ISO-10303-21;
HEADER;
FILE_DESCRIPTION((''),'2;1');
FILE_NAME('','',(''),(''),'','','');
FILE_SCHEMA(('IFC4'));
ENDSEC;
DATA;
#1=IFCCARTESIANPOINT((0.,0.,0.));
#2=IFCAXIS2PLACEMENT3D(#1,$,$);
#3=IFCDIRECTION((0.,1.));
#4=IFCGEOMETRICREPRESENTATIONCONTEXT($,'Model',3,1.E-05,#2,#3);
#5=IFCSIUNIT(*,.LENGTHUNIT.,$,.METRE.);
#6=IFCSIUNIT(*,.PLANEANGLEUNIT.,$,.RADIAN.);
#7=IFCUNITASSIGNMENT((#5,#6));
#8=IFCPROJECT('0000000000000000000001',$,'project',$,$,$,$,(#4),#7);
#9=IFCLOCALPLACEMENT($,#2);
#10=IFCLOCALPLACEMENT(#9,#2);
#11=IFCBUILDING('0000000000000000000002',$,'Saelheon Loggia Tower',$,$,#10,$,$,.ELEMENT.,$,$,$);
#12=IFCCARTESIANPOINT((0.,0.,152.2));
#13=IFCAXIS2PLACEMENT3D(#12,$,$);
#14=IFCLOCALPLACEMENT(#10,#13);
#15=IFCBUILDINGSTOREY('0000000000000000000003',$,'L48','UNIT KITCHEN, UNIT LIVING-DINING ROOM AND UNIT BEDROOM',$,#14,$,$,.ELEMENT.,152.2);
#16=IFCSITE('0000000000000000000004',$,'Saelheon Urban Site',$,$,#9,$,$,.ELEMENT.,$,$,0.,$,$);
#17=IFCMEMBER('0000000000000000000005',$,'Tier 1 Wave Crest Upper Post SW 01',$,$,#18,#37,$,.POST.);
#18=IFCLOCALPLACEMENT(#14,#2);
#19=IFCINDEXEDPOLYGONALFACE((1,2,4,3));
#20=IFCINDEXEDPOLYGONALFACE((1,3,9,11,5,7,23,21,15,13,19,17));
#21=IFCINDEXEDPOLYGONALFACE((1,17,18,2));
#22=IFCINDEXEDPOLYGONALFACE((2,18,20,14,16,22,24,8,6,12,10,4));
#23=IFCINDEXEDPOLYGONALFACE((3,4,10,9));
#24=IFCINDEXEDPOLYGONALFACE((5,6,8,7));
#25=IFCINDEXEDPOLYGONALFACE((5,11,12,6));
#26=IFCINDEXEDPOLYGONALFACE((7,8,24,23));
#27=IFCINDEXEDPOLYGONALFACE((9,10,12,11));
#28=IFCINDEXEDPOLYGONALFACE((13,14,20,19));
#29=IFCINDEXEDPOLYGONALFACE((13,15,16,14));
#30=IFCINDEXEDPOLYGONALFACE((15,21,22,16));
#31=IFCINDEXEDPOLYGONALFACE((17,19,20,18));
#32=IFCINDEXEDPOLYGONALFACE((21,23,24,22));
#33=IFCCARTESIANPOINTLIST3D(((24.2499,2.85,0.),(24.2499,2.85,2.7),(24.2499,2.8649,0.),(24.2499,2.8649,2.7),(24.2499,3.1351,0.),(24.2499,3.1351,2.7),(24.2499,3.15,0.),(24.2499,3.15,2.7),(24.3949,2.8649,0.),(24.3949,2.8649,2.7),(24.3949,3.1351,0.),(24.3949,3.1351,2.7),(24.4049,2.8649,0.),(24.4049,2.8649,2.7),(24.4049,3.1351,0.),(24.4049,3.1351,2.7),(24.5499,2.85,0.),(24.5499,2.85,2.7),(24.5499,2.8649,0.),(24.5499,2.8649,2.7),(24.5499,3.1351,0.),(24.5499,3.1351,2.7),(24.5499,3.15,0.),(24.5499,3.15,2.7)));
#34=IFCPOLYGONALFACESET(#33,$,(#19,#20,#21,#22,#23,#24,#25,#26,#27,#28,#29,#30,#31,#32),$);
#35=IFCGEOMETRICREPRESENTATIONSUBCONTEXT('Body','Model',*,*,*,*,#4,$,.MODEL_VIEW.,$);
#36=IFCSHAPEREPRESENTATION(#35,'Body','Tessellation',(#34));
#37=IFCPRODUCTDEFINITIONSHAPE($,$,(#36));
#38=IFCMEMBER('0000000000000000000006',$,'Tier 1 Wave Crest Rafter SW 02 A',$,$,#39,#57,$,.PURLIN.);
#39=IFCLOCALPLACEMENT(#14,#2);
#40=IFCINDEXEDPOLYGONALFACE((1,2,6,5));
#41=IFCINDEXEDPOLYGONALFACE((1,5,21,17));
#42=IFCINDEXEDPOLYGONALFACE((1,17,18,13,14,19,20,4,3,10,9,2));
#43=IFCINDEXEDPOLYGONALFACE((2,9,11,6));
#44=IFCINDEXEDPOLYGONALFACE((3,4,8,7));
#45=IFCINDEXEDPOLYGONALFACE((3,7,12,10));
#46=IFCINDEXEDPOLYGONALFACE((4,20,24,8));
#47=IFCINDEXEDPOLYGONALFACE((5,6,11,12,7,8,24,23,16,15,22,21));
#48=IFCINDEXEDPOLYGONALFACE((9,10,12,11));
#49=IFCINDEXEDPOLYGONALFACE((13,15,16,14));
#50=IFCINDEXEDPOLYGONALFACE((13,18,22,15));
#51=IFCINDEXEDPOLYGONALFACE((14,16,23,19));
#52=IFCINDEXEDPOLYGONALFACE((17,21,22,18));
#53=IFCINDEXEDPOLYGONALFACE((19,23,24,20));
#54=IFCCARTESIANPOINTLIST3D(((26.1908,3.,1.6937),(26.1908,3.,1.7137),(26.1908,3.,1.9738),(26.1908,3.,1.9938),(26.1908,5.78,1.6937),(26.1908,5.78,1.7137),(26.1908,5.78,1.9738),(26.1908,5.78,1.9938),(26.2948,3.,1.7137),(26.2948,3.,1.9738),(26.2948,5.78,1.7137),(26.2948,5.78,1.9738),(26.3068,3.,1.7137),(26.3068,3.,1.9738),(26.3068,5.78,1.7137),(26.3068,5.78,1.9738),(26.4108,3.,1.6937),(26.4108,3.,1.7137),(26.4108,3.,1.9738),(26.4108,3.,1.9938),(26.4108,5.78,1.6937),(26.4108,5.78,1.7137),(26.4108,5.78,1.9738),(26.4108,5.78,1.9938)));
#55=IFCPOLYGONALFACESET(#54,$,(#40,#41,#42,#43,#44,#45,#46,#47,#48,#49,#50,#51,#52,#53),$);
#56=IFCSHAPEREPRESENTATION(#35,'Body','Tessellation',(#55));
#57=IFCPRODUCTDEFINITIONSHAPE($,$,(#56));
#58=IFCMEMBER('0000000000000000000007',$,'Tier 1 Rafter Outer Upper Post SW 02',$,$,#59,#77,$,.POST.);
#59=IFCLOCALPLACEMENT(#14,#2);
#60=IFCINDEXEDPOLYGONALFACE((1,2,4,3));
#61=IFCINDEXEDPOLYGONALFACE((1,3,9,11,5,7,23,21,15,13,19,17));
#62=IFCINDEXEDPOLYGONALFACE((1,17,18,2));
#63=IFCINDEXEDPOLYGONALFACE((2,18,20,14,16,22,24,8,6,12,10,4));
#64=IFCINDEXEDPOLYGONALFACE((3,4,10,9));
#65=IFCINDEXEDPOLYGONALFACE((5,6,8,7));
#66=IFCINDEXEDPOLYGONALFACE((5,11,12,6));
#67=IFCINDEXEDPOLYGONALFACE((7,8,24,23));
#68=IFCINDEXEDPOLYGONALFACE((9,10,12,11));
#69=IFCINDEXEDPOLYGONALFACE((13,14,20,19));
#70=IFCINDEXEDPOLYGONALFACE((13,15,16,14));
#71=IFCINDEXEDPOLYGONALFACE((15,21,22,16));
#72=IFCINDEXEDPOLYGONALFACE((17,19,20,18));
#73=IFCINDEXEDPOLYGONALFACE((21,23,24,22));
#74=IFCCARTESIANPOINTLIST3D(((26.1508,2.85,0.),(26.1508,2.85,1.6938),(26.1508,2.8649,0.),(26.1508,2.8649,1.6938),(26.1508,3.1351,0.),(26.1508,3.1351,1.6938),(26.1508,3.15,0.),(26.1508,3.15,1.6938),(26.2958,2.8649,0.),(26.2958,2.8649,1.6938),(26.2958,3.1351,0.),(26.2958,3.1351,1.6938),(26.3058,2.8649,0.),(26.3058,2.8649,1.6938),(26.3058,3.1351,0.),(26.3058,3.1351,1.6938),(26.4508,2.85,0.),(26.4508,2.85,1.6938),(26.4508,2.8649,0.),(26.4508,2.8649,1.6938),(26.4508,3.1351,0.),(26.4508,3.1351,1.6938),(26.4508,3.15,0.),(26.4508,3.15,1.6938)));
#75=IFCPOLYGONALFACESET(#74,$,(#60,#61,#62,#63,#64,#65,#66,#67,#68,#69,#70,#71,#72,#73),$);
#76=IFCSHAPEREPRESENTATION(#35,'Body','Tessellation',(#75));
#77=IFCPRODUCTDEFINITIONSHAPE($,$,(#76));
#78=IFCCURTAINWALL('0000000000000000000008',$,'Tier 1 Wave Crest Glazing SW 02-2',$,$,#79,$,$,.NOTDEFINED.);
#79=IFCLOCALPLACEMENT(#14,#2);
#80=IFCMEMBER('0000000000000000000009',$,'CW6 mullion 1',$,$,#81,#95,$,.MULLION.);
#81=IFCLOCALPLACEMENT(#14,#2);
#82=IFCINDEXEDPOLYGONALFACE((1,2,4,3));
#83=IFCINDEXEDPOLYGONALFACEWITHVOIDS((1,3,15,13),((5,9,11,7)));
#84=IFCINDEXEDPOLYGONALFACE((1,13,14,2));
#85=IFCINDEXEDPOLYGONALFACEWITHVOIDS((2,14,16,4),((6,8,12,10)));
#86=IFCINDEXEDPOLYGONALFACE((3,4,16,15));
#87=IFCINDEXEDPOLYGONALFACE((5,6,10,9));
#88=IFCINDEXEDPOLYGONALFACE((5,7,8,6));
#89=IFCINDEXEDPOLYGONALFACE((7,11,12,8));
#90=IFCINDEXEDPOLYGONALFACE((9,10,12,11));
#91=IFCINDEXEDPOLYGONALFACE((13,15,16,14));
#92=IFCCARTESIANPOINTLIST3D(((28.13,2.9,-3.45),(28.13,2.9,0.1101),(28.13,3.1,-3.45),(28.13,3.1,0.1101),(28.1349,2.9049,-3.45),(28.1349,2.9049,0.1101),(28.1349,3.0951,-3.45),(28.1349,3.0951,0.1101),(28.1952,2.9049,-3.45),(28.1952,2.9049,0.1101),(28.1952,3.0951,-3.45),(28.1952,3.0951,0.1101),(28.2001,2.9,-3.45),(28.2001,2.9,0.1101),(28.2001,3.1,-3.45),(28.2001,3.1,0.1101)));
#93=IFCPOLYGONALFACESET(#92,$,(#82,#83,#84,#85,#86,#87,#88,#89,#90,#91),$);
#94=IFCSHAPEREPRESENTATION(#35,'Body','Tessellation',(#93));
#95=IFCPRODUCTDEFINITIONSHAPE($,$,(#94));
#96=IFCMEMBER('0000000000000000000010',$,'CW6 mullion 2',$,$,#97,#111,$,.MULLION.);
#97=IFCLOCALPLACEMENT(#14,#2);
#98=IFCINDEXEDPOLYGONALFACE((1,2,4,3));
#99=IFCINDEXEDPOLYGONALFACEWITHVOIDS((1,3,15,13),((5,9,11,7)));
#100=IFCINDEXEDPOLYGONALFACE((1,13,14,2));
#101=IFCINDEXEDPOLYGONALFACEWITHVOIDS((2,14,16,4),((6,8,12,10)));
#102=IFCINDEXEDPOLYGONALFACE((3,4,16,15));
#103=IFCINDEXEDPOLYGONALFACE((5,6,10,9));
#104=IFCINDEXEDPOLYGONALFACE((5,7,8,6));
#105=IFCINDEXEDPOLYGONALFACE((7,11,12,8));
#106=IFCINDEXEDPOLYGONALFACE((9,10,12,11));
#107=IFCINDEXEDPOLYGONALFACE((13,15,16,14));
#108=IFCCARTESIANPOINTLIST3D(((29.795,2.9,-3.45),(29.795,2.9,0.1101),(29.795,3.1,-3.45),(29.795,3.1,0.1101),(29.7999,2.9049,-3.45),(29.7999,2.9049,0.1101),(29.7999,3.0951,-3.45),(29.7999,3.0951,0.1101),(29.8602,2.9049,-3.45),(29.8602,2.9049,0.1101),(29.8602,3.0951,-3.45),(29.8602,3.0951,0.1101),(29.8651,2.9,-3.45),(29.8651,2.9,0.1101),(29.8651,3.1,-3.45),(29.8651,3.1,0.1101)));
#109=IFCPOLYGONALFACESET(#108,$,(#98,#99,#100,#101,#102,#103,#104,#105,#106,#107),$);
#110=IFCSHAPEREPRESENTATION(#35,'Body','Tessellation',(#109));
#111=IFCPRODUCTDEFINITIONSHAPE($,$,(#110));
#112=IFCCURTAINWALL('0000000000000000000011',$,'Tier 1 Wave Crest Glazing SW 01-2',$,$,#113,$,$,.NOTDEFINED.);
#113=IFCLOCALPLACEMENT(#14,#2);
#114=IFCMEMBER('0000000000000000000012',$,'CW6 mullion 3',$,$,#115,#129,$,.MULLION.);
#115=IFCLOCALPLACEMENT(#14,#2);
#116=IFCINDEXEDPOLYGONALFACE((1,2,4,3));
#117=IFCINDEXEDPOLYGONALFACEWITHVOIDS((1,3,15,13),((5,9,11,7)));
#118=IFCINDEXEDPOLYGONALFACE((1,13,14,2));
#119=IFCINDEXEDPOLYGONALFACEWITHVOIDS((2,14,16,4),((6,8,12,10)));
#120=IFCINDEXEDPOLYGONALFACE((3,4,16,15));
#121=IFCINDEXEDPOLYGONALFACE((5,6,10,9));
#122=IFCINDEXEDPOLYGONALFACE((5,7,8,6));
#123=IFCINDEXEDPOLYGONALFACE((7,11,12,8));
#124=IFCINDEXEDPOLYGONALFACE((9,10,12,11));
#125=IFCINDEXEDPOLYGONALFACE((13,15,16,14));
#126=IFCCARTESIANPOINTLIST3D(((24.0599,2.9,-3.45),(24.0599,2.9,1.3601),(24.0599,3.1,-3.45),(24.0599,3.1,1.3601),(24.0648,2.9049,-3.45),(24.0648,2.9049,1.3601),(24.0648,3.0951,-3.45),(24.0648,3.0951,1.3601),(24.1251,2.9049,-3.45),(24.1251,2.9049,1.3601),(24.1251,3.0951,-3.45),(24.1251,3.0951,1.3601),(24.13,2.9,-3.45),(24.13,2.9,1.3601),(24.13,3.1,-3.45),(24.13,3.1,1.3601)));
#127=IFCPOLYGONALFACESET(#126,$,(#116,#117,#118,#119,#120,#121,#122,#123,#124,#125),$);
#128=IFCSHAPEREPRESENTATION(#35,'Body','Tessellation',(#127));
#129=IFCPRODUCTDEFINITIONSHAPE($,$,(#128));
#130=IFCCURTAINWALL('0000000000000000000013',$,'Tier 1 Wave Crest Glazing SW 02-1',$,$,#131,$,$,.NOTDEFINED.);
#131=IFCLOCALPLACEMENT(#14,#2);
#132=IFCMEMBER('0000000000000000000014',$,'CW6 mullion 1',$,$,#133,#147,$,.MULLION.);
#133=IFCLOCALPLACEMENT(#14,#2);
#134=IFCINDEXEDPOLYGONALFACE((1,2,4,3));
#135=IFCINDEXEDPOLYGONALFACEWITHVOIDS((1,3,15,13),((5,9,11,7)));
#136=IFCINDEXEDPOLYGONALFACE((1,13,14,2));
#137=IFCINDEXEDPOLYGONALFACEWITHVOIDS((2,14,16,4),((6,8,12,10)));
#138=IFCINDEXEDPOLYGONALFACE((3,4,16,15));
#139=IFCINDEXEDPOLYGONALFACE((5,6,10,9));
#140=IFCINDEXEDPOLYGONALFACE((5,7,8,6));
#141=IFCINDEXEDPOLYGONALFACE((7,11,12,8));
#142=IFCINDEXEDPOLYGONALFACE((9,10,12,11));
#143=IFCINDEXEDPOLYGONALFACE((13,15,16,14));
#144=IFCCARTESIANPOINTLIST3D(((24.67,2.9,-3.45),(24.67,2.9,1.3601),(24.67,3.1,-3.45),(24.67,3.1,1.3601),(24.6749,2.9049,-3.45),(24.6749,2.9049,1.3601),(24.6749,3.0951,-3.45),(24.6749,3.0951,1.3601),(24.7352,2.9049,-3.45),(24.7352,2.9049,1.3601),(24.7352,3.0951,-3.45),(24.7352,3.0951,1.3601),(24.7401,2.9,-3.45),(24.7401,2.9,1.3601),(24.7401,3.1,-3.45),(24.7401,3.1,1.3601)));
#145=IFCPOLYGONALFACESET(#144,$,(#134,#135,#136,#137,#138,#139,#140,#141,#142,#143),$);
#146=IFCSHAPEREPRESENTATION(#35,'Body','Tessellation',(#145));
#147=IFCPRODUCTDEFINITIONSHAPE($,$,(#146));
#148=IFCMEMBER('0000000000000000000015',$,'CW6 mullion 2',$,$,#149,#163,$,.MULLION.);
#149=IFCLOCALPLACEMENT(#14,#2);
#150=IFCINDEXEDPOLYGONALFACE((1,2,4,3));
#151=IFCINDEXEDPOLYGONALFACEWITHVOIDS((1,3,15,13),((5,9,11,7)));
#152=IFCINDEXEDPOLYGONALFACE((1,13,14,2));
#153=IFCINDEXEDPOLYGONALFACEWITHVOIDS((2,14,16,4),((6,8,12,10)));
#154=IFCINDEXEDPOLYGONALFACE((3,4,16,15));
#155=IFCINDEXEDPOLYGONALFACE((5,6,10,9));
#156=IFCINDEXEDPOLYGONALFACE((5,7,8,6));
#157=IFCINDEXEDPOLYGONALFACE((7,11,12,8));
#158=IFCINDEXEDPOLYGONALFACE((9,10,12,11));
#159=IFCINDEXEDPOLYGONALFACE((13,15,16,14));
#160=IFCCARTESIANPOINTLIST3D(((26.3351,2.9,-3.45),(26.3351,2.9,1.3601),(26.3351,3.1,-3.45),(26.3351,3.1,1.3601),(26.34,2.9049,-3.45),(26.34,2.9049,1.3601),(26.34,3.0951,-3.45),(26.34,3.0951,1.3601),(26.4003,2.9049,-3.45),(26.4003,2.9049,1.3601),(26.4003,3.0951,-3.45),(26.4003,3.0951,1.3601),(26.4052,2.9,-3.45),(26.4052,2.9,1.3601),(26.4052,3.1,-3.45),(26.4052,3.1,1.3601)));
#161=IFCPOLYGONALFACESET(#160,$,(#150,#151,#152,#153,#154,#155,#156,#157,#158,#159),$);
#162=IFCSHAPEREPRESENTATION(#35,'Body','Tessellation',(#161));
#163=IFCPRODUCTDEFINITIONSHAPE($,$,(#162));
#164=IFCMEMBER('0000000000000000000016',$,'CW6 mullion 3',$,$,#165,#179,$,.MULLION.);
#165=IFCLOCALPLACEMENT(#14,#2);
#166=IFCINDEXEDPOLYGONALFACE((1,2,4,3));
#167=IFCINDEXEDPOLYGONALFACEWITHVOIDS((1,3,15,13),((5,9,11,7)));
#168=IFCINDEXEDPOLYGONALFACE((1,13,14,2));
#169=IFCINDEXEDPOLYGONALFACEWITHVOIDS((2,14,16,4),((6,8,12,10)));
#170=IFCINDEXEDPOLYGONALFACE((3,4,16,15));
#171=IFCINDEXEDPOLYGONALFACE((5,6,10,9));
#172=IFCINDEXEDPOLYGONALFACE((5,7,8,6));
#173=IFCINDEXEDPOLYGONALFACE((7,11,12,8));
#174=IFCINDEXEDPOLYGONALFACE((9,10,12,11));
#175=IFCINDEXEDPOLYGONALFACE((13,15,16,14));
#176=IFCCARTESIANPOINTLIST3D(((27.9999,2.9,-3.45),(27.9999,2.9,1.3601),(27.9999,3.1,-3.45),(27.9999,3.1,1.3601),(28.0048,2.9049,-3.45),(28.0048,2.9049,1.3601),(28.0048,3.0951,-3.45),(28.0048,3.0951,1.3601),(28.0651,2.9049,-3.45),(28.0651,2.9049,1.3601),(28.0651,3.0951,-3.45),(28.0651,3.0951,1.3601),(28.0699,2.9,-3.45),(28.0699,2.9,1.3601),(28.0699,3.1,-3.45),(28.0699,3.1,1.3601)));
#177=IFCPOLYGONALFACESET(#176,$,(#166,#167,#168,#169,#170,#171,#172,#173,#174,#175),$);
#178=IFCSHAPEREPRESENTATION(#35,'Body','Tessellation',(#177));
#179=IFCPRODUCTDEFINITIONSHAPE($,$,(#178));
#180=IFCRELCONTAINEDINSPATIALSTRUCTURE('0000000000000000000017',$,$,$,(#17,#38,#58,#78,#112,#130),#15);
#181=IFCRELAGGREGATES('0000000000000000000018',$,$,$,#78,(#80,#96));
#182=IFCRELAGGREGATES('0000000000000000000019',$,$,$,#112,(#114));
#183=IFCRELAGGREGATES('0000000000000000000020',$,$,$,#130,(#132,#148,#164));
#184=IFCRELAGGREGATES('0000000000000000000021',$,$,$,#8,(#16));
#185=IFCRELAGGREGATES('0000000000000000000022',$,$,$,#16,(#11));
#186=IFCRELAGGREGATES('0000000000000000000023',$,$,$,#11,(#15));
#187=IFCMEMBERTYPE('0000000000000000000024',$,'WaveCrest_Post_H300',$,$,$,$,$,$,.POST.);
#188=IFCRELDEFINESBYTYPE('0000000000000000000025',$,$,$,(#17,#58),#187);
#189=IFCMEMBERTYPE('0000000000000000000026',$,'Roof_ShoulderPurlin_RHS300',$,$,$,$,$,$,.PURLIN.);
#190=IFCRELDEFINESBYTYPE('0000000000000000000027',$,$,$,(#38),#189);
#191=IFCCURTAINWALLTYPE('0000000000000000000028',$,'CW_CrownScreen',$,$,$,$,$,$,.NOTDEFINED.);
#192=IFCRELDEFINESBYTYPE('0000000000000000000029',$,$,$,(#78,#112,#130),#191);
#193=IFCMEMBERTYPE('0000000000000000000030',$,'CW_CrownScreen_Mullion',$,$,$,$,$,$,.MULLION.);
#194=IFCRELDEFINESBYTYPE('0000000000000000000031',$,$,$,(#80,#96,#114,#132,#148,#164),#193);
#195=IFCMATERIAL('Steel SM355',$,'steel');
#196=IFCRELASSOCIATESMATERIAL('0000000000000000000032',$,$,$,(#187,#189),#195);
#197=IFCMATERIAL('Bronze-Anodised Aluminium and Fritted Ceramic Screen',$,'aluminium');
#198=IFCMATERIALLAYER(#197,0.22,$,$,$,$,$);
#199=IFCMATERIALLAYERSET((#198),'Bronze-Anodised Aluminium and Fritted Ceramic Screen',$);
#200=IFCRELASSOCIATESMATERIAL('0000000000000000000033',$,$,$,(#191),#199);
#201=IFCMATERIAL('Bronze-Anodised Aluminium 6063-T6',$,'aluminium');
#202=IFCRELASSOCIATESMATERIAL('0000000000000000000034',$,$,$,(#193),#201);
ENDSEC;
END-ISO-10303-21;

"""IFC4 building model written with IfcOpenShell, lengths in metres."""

from ifc_helpers import new_model, si_unit, direction, frame, origin, origin_2d, place, context, subcontext, project, spatial, hollow_rectangle, i_section, extrude, source, transform, mapped, material, layer, layer_set, material_profile, profile_set, type_object, element, aggregate, save


model = new_model("IFC4")

# Units and contexts
model_context = context("Model", 3, precision=1e-05, world=origin(), true_north=direction((0.0, 1.0)))
body_context = subcontext(model_context, "Body", "Model", "MODEL_VIEW")
ifc_project = project(units=[si_unit("LENGTHUNIT", "METRE"), si_unit("PLANEANGLEUNIT", "RADIAN")], contexts=[model_context])

# Site, building, storey
site_placement = place(None, origin())
site = spatial("IfcSite", under=ifc_project, at=site_placement, Name="Saelheon Urban Site", CompositionType="ELEMENT", RefElevation=0.0)
building_placement = place(site_placement, origin())
building = spatial("IfcBuilding", under=site, at=building_placement, Name="Saelheon Loggia Tower", CompositionType="ELEMENT")
storey_placement = place(building_placement, frame((0.0, 0.0, 152.2)))
storey = spatial("IfcBuildingStorey", under=building, at=storey_placement, Name="L48", Description="UNIT KITCHEN, UNIT LIVING-DINING ROOM AND UNIT BEDROOM", CompositionType="ELEMENT", Elevation=152.2)

# Members
ifc_material_1 = material(Name="Steel SM355", Category="steel")
ifc_material_profile_1 = material_profile(ifc_material_1, i_section(OverallWidth=0.3, OverallDepth=0.3, WebThickness=0.01, FlangeThickness=0.0149, at=origin_2d()), Name="H-300x300x10x15")
ifc_profile_set_1 = profile_set([ifc_material_profile_1], Name="Steel SM355")
member_type_1 = type_object("IfcMemberType", Name="WaveCrest_Post_H300", PredefinedType="POST", material=ifc_profile_set_1)
shared_shape_1 = source(origin(), body_context, "Body", "SweptSolid", [
    extrude(i_section(OverallWidth=0.3, OverallDepth=0.3, WebThickness=0.01, FlangeThickness=0.0149, at=origin_2d()), origin(), (0.0, 0.0, 1.0), 2.7),
])
member_1_placement = place(storey_placement, frame((24.3999, 3.0, 0.0), z_axis=(0.0, 0.0, 1.0), x_axis=(1.0, 0.0, 0.0)))
element("IfcMember", 1, at=member_1_placement, inside=storey, type_object=member_type_1, Name="Tier 1 Wave Crest Upper Post SW 01", PredefinedType="POST", context=body_context, shape_type="MappedRepresentation", body=[
    mapped(shared_shape_1, transform((0.0, 0.0, 0.0), scale=1.0)),
])
ifc_material_profile_2 = material_profile(ifc_material_1, i_section(OverallWidth=0.22, OverallDepth=0.3, WebThickness=0.012, FlangeThickness=0.02, at=origin_2d()), Name="H-300x220x12x20")
ifc_profile_set_2 = profile_set([ifc_material_profile_2], Name="Steel SM355")
member_type_2 = type_object("IfcMemberType", Name="Roof_ShoulderPurlin_RHS300", PredefinedType="PURLIN", material=ifc_profile_set_2)
shared_shape_2 = source(origin(), body_context, "Body", "SweptSolid", [
    extrude(i_section(OverallWidth=0.22, OverallDepth=0.3, WebThickness=0.012, FlangeThickness=0.02, at=origin_2d()), origin(), (0.0, 0.0, 1.0), 2.78),
])
member_2_placement = place(storey_placement, frame((26.3008, 3.0, 1.8438), z_axis=(0.0, 1.0, 0.0), x_axis=(-1.0, 0.0, 0.0)))
element("IfcMember", 2, at=member_2_placement, inside=storey, type_object=member_type_2, Name="Tier 1 Wave Crest Rafter SW 02 A", PredefinedType="PURLIN", context=body_context, shape_type="MappedRepresentation", body=[
    mapped(shared_shape_2, transform((0.0, 0.0, 0.0), scale=1.0)),
])
shared_shape_3 = source(origin(), body_context, "Body", "SweptSolid", [
    extrude(i_section(OverallWidth=0.3, OverallDepth=0.3, WebThickness=0.01, FlangeThickness=0.0149, at=origin_2d()), origin(), (0.0, 0.0, 1.0), 1.6938),
])
member_3_placement = place(storey_placement, frame((26.3008, 3.0, 0.0), z_axis=(0.0, 0.0, 1.0), x_axis=(1.0, 0.0, 0.0)))
element("IfcMember", 3, at=member_3_placement, inside=storey, type_object=member_type_1, Name="Tier 1 Rafter Outer Upper Post SW 02", PredefinedType="POST", context=body_context, shape_type="MappedRepresentation", body=[
    mapped(shared_shape_3, transform((0.0, 0.0, 0.0), scale=1.0)),
])

# Curtain wall, members
ifc_material_2 = material(Name="Bronze-Anodised Aluminium and Fritted Ceramic Screen", Category="aluminium")
ifc_layer_1 = layer(ifc_material_2, 0.22)
ifc_layer_set_1 = layer_set([ifc_layer_1], Name="Bronze-Anodised Aluminium and Fritted Ceramic Screen")
curtain_wall_type = type_object("IfcCurtainWallType", Name="CW_CrownScreen", PredefinedType="NOTDEFINED", material=ifc_layer_set_1)
curtain_wall_1_placement = place(storey_placement, origin())
curtain_wall_1 = element("IfcCurtainWall", 4, at=curtain_wall_1_placement, inside=storey, type_object=curtain_wall_type, Name="Tier 1 Wave Crest Glazing SW 02-2", PredefinedType="NOTDEFINED")
ifc_material_3 = material(Name="Bronze-Anodised Aluminium 6063-T6", Category="aluminium")
ifc_material_profile_3 = material_profile(ifc_material_3, hollow_rectangle(XDim=0.0701, YDim=0.2, WallThickness=0.0049, at=origin_2d()), Name="RHS-200x70x5")
ifc_profile_set_3 = profile_set([ifc_material_profile_3], Name="Bronze-Anodised Aluminium 6063-T6")
member_type_3 = type_object("IfcMemberType", Name="CW_CrownScreen_Mullion", PredefinedType="MULLION", material=ifc_profile_set_3)
shared_shape_4 = source(origin(), body_context, "Body", "SweptSolid", [
    extrude(hollow_rectangle(XDim=0.0701, YDim=0.2, WallThickness=0.0049, at=origin_2d()), origin(), (0.0, 0.0, 1.0), 3.5601),
])
member_4_placement = place(storey_placement, frame((28.165, 3.0, -3.45), z_axis=(0.0, 0.0, 1.0), x_axis=(1.0, 0.0, 0.0)))
member_4 = element("IfcMember", 5, at=member_4_placement, type_object=member_type_3, Name="CW6 mullion 1", PredefinedType="MULLION", context=body_context, shape_type="MappedRepresentation", body=[
    mapped(shared_shape_4, transform((0.0, 0.0, 0.0), scale=1.0)),
])
member_5_placement = place(storey_placement, frame((29.8301, 3.0, -3.45), z_axis=(0.0, 0.0, 1.0), x_axis=(1.0, 0.0, 0.0)))
member_5 = element("IfcMember", 6, at=member_5_placement, type_object=member_type_3, Name="CW6 mullion 2", PredefinedType="MULLION", context=body_context, shape_type="MappedRepresentation", body=[
    mapped(shared_shape_4, transform((0.0, 0.0, 0.0), scale=1.0)),
])

# Curtain wall, member
curtain_wall_2_placement = place(storey_placement, origin())
curtain_wall_2 = element("IfcCurtainWall", 7, at=curtain_wall_2_placement, inside=storey, type_object=curtain_wall_type, Name="Tier 1 Wave Crest Glazing SW 01-2", PredefinedType="NOTDEFINED")
shared_shape_5 = source(origin(), body_context, "Body", "SweptSolid", [
    extrude(hollow_rectangle(XDim=0.0701, YDim=0.2, WallThickness=0.0049, at=origin_2d()), origin(), (0.0, 0.0, 1.0), 4.8101),
])
member_6_placement = place(storey_placement, frame((24.095, 3.0, -3.45), z_axis=(0.0, 0.0, 1.0), x_axis=(1.0, 0.0, 0.0)))
member_6 = element("IfcMember", 8, at=member_6_placement, type_object=member_type_3, Name="CW6 mullion 3", PredefinedType="MULLION", context=body_context, shape_type="MappedRepresentation", body=[
    mapped(shared_shape_5, transform((0.0, 0.0, 0.0), scale=1.0)),
])

# Curtain wall, members
curtain_wall_3_placement = place(storey_placement, origin())
curtain_wall_3 = element("IfcCurtainWall", 9, at=curtain_wall_3_placement, inside=storey, type_object=curtain_wall_type, Name="Tier 1 Wave Crest Glazing SW 02-1", PredefinedType="NOTDEFINED")
member_7_placement = place(storey_placement, frame((24.7051, 3.0, -3.45), z_axis=(0.0, 0.0, 1.0), x_axis=(1.0, 0.0, 0.0)))
member_7 = element("IfcMember", 10, at=member_7_placement, type_object=member_type_3, Name="CW6 mullion 1", PredefinedType="MULLION", context=body_context, shape_type="MappedRepresentation", body=[
    mapped(shared_shape_5, transform((0.0, 0.0, 0.0), scale=1.0)),
])
member_8_placement = place(storey_placement, frame((26.3701, 3.0, -3.45), z_axis=(0.0, 0.0, 1.0), x_axis=(1.0, 0.0, 0.0)))
member_8 = element("IfcMember", 11, at=member_8_placement, type_object=member_type_3, Name="CW6 mullion 2", PredefinedType="MULLION", context=body_context, shape_type="MappedRepresentation", body=[
    mapped(shared_shape_5, transform((0.0, 0.0, 0.0), scale=1.0)),
])
member_9_placement = place(storey_placement, frame((28.0349, 3.0, -3.45), z_axis=(0.0, 0.0, 1.0), x_axis=(1.0, 0.0, 0.0)))
member_9 = element("IfcMember", 12, at=member_9_placement, type_object=member_type_3, Name="CW6 mullion 3", PredefinedType="MULLION", context=body_context, shape_type="MappedRepresentation", body=[
    mapped(shared_shape_5, transform((0.0, 0.0, 0.0), scale=1.0)),
])

aggregate(curtain_wall_1, [member_4, member_5])
aggregate(curtain_wall_2, [member_6])
aggregate(curtain_wall_3, [member_7, member_8, member_9])

save(model, "model.ifc")
